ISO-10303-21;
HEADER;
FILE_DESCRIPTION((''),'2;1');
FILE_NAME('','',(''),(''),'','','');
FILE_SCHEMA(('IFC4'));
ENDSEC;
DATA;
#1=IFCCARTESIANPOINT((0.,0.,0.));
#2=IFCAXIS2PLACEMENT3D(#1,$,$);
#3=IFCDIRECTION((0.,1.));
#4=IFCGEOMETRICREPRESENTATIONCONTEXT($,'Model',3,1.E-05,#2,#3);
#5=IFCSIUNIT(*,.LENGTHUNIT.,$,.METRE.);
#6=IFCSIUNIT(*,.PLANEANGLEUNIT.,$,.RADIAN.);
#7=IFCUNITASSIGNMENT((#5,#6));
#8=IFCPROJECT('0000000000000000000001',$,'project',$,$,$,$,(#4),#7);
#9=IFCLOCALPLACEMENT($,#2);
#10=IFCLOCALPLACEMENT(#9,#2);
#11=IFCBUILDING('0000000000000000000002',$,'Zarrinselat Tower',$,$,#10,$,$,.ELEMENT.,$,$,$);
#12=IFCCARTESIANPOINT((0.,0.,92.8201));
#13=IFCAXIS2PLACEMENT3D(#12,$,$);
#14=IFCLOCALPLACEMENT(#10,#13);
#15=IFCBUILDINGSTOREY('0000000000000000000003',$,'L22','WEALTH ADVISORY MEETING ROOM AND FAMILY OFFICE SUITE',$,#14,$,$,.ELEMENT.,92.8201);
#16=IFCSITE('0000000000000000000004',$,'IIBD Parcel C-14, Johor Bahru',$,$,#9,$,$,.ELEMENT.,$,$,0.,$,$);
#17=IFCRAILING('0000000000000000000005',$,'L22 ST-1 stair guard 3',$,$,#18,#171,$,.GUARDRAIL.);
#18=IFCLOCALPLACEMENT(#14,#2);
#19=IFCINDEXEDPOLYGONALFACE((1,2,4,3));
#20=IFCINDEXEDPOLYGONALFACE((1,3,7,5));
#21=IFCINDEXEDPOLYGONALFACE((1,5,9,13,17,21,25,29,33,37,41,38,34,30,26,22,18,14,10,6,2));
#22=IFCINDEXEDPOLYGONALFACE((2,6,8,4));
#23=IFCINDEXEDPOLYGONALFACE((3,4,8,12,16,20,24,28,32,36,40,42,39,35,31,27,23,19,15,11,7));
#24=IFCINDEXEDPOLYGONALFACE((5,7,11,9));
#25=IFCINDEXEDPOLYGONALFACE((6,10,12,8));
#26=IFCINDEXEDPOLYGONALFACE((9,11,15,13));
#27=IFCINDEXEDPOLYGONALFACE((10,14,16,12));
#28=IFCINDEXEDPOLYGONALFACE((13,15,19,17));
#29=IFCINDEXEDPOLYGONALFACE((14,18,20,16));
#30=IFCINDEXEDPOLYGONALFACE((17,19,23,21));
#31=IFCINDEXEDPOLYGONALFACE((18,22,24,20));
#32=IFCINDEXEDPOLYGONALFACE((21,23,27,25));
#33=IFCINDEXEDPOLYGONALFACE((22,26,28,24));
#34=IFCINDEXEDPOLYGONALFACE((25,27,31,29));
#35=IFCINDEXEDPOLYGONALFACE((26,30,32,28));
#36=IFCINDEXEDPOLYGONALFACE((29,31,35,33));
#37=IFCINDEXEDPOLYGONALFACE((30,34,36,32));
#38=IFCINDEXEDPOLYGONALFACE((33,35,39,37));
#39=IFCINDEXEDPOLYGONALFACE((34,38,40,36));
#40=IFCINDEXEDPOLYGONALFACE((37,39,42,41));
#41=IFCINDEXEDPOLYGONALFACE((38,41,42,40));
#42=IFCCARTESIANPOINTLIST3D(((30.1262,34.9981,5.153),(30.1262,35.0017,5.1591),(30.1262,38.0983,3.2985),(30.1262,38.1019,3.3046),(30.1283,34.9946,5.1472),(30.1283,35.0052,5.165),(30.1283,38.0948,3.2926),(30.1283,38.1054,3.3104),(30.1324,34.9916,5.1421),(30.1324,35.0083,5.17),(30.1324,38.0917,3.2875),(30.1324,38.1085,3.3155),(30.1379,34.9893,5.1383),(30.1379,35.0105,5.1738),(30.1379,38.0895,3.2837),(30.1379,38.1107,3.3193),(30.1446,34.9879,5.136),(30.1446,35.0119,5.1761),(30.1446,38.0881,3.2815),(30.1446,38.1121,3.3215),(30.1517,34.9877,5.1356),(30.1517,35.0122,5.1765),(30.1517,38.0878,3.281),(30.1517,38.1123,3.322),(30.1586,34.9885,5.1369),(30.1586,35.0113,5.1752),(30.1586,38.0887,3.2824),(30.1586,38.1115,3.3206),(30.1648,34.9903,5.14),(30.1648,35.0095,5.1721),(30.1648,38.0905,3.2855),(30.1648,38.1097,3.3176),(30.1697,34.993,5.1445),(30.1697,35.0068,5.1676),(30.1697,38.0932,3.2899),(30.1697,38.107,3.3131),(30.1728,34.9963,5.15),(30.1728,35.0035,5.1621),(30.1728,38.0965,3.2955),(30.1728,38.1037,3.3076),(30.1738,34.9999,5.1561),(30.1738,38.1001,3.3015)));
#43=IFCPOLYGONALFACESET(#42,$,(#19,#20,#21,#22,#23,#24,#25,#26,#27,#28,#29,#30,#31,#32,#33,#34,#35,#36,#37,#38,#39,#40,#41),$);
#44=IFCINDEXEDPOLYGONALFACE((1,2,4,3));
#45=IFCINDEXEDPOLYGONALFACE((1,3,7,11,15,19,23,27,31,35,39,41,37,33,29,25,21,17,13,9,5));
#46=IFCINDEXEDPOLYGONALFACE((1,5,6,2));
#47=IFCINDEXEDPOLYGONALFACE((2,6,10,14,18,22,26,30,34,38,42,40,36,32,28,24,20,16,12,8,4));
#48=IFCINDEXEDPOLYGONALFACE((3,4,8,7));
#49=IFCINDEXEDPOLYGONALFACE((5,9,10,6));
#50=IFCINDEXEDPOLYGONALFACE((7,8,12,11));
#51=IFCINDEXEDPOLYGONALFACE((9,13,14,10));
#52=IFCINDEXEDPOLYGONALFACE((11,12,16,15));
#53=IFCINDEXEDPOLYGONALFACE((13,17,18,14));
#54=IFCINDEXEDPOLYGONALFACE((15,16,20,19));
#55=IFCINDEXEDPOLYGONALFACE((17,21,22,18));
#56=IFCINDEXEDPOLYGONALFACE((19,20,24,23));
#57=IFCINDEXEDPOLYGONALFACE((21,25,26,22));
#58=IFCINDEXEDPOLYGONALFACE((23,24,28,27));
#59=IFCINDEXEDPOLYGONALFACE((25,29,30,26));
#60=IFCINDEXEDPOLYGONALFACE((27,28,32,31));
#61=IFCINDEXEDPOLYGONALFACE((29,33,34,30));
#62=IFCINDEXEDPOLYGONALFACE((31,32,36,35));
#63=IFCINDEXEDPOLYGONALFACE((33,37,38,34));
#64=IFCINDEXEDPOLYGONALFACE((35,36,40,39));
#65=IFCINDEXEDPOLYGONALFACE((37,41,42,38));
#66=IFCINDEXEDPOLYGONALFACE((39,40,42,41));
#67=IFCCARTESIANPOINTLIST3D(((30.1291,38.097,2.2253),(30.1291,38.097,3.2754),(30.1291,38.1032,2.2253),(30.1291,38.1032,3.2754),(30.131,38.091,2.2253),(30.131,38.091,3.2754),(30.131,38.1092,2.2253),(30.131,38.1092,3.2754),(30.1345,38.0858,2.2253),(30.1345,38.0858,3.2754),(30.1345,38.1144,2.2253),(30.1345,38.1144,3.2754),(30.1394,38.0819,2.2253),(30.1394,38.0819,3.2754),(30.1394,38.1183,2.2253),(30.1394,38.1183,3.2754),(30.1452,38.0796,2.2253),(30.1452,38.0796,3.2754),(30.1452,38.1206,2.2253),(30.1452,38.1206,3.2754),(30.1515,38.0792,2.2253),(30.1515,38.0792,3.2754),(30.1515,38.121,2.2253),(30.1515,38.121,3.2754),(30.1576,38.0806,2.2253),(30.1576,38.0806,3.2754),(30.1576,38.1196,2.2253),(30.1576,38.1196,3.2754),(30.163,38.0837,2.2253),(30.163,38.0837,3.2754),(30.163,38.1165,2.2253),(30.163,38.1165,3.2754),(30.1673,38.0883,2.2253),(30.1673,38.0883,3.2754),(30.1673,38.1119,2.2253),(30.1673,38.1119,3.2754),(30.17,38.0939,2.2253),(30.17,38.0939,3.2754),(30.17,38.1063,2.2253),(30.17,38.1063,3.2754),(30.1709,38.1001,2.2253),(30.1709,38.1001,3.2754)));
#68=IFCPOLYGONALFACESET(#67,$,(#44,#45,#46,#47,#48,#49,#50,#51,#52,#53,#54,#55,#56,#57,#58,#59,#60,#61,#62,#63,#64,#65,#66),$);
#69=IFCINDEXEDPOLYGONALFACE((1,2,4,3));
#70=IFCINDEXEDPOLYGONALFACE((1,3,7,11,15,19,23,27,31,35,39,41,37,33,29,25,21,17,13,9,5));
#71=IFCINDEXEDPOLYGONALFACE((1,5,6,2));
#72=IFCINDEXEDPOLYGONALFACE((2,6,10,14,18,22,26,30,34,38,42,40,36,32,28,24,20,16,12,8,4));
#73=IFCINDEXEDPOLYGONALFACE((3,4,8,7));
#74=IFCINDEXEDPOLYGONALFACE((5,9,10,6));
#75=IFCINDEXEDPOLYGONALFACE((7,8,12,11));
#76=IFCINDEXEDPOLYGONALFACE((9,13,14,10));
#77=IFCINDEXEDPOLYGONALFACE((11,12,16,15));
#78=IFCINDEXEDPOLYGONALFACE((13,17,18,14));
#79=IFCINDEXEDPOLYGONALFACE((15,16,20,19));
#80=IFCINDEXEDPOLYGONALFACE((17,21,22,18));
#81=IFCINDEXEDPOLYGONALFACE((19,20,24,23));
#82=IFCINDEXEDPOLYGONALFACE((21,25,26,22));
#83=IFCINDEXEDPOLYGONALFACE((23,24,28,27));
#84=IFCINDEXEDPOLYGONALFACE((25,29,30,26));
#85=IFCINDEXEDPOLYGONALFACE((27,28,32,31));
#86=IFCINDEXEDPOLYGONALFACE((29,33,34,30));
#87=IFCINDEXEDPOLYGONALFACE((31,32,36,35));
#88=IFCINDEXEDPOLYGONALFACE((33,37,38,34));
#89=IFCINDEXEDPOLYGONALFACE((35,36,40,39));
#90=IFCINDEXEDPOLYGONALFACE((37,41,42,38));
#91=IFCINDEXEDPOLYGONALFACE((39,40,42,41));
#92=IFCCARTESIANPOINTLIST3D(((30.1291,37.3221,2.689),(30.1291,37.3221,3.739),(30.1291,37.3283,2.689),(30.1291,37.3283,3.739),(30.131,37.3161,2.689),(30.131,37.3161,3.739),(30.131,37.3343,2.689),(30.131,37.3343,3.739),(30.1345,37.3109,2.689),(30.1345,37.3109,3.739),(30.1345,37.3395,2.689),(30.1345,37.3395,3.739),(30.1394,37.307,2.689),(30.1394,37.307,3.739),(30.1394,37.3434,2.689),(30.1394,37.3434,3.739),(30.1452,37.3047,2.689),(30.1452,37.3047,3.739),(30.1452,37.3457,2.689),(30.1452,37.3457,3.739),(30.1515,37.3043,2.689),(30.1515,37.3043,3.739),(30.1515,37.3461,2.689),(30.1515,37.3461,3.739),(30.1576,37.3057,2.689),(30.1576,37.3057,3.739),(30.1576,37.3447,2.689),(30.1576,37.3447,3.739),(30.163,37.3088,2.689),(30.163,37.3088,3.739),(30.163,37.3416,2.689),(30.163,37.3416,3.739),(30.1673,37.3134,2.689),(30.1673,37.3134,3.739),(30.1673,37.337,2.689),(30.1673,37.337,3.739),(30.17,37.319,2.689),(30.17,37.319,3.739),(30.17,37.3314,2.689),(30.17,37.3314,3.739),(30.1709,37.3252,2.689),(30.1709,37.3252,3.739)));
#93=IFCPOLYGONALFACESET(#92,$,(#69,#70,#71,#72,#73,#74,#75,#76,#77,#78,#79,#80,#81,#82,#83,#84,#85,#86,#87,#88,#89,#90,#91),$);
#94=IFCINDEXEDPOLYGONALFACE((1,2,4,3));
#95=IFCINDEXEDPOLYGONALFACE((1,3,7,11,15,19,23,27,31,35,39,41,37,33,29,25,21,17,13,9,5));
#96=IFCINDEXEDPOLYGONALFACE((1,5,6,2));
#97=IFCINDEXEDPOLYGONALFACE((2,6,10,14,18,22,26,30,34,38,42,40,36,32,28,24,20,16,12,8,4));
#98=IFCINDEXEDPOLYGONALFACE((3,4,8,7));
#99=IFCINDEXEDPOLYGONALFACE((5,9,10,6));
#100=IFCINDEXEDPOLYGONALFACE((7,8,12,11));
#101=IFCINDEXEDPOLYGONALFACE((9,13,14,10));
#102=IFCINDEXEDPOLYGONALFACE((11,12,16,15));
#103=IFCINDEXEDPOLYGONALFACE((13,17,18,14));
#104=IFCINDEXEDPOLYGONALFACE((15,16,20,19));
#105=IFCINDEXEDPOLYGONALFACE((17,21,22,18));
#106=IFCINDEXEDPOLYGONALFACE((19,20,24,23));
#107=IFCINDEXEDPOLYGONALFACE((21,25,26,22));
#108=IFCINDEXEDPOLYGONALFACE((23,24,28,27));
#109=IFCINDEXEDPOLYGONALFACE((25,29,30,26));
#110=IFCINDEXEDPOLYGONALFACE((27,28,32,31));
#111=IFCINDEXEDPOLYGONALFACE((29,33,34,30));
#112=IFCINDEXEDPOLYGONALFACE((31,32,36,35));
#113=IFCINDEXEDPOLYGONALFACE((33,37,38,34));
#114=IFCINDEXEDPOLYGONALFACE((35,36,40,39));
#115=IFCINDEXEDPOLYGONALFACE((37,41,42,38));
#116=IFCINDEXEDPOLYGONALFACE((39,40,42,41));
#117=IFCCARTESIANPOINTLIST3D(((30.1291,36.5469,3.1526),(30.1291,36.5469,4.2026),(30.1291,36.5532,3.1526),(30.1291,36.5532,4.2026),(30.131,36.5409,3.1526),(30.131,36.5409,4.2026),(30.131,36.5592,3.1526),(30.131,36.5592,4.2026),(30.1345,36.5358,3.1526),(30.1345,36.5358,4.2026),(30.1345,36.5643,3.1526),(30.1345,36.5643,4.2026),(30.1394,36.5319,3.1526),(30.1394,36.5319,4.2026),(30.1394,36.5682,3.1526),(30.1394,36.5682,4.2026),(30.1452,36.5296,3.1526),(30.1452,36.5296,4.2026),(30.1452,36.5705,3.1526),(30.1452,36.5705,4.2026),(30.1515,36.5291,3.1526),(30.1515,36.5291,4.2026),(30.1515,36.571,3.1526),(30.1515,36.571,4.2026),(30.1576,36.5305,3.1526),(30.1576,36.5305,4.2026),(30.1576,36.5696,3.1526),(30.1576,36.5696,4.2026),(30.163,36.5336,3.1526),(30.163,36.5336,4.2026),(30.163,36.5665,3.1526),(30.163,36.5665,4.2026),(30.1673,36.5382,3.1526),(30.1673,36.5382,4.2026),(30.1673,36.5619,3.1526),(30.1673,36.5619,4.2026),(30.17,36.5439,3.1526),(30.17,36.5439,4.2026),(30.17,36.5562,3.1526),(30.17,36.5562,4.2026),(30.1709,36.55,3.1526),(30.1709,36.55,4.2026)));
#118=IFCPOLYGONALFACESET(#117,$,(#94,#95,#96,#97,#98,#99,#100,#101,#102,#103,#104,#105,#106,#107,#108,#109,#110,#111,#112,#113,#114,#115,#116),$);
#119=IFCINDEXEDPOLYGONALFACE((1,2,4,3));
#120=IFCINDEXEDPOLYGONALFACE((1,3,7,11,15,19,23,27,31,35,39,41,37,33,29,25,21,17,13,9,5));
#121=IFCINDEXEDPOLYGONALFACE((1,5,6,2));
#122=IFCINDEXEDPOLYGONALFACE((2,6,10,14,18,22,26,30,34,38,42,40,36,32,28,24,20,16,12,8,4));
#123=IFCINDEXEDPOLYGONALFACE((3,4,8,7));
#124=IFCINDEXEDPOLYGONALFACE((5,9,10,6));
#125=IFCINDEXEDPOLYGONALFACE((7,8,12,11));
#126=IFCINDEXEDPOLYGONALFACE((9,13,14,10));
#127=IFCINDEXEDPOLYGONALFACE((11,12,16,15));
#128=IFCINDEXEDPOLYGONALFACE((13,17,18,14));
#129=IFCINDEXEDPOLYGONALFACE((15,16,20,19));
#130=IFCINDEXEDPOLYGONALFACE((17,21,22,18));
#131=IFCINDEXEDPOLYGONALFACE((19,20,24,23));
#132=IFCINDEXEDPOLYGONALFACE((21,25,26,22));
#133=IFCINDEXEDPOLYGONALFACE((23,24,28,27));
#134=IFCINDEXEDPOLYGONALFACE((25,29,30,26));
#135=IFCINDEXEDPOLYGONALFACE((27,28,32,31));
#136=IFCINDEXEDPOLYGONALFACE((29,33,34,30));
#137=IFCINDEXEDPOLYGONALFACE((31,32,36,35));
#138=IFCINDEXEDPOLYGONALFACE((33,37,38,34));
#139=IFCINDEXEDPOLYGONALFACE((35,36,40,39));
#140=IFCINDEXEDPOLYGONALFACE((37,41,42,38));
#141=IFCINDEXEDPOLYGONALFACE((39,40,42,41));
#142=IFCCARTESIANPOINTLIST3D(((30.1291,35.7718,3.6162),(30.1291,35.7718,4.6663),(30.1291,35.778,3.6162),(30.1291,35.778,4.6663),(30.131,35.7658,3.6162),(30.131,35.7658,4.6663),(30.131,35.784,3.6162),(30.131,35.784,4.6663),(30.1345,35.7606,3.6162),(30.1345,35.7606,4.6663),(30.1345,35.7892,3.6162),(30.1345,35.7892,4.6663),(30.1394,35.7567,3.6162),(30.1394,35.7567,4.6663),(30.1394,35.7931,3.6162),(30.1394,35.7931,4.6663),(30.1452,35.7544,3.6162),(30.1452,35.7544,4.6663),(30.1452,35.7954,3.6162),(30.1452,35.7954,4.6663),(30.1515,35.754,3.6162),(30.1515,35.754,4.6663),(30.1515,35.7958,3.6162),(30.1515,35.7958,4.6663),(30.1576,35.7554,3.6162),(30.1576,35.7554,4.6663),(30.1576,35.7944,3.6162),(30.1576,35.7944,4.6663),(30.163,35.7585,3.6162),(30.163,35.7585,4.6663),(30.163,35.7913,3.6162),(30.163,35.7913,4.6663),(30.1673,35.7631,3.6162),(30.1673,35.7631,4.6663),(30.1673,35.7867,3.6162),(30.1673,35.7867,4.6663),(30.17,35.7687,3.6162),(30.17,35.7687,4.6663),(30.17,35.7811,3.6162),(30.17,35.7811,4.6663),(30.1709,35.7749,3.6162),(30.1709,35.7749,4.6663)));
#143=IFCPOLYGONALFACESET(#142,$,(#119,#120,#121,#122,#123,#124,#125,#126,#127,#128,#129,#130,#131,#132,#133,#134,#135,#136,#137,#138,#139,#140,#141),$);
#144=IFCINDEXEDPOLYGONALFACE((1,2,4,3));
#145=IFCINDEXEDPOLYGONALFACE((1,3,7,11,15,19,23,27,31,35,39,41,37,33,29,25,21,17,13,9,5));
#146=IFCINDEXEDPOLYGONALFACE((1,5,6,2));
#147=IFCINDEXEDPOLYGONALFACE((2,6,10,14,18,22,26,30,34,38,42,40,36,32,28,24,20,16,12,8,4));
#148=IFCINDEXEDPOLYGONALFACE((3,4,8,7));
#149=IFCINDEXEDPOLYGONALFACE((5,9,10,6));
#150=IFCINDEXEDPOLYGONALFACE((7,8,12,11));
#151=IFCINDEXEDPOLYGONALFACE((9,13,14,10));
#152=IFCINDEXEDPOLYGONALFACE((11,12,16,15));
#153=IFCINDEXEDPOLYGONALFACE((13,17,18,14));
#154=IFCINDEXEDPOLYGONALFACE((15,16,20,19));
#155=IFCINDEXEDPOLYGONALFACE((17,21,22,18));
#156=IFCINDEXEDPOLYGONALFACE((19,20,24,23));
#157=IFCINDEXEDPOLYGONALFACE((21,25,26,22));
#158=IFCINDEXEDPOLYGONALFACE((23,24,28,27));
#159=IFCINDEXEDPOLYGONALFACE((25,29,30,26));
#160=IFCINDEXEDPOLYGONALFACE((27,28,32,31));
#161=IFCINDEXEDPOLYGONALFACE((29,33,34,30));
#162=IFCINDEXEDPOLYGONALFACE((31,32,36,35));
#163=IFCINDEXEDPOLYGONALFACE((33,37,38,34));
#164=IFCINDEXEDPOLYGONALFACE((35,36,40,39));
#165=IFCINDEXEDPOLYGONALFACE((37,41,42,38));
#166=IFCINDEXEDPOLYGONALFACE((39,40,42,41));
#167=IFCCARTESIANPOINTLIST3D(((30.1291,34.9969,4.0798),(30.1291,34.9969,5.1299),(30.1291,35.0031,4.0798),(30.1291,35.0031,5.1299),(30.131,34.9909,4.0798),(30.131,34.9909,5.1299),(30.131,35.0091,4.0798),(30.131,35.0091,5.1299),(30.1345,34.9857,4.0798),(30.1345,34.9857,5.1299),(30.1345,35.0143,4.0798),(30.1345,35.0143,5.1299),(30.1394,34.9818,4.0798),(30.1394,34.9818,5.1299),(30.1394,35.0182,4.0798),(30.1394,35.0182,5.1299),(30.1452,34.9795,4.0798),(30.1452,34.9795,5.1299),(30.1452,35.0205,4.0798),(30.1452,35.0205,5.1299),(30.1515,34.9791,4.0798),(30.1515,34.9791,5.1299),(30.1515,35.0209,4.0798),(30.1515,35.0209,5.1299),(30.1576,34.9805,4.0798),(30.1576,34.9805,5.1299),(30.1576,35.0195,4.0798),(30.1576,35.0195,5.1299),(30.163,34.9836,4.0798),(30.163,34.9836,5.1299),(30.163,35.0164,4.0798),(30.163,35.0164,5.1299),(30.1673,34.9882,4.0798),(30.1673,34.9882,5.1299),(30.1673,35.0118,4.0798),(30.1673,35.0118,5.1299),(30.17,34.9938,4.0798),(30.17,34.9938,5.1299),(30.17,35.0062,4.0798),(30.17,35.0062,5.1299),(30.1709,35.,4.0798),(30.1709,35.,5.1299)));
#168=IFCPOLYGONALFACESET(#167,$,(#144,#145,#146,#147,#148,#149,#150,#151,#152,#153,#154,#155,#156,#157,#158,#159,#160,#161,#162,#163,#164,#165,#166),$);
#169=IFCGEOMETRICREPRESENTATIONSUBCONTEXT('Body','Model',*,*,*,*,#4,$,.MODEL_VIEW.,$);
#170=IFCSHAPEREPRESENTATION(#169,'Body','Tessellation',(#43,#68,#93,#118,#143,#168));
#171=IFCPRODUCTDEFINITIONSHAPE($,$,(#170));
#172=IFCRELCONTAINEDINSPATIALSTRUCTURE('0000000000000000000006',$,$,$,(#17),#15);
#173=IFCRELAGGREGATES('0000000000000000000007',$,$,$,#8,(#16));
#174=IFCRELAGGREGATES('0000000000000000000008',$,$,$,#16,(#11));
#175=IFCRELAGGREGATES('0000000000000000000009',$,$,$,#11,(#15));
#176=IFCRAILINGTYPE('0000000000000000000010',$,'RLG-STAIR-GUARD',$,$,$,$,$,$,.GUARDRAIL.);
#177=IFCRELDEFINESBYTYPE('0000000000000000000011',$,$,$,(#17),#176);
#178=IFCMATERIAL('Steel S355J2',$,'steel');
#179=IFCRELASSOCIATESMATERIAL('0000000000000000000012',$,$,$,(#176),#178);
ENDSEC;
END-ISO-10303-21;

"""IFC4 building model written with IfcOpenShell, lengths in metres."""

from ifc_helpers import new_model, si_unit, direction, frame, origin, origin_2d, place, context, subcontext, project, spatial, circle, extrude, material, type_object, element, save


model = new_model("IFC4")

# Units and contexts
model_context = context("Model", 3, precision=1e-05, world=origin(), true_north=direction((0.0, 1.0)))
body_context = subcontext(model_context, "Body", "Model", "MODEL_VIEW")
ifc_project = project(units=[si_unit("LENGTHUNIT", "METRE"), si_unit("PLANEANGLEUNIT", "RADIAN")], contexts=[model_context])

# Site, building, storey
site_placement = place(None, origin())
site = spatial("IfcSite", under=ifc_project, at=site_placement, Name="IIBD Parcel C-14, Johor Bahru", CompositionType="ELEMENT", RefElevation=0.0)
building_placement = place(site_placement, origin())
building = spatial("IfcBuilding", under=site, at=building_placement, Name="Zarrinselat Tower", CompositionType="ELEMENT")
storey_placement = place(building_placement, frame((0.0, 0.0, 92.8201)))
storey = spatial("IfcBuildingStorey", under=building, at=storey_placement, Name="L22", Description="WEALTH ADVISORY MEETING ROOM AND FAMILY OFFICE SUITE", CompositionType="ELEMENT", Elevation=92.8201)

# Railing
ifc_material_1 = material(Name="Steel S355J2", Category="steel")
railing_type_1 = type_object("IfcRailingType", Name="RLG-STAIR-GUARD", PredefinedType="GUARDRAIL", material=ifc_material_1)
railing_1_placement = place(storey_placement, frame((30.1499, 38.1001, 2.2253)))
element("IfcRailing", 1, at=railing_1_placement, inside=storey, type_object=railing_type_1, Name="L22 ST-1 stair guard 3", PredefinedType="GUARDRAIL", context=body_context, shape_type="SweptSolid", body=[
    extrude(circle(Radius=0.0239, at=origin_2d()), frame((0.0, 0.0, 1.0762), z_axis=(0.0, -0.858172, 0.513362), x_axis=(1.0, 0.0, 0.0)), (0.0, 0.0, 1.0), 3.6125),
    extrude(circle(Radius=0.021, at=origin_2d()), origin(), (0.0, 0.0, 1.0), 1.05),
    extrude(circle(Radius=0.021, at=origin_2d()), frame((0.0, -0.7749, 0.4636)), (0.0, 0.0, 1.0), 1.05),
    extrude(circle(Radius=0.021, at=origin_2d()), frame((0.0, -1.55, 0.9272)), (0.0, 0.0, 1.0), 1.05),
    extrude(circle(Radius=0.021, at=origin_2d()), frame((0.0, -2.3252, 1.3909)), (0.0, 0.0, 1.0), 1.05),
    extrude(circle(Radius=0.021, at=origin_2d()), frame((0.0, -3.1001, 1.8545)), (0.0, 0.0, 1.0), 1.05),
])

save(model, "model.ifc")
